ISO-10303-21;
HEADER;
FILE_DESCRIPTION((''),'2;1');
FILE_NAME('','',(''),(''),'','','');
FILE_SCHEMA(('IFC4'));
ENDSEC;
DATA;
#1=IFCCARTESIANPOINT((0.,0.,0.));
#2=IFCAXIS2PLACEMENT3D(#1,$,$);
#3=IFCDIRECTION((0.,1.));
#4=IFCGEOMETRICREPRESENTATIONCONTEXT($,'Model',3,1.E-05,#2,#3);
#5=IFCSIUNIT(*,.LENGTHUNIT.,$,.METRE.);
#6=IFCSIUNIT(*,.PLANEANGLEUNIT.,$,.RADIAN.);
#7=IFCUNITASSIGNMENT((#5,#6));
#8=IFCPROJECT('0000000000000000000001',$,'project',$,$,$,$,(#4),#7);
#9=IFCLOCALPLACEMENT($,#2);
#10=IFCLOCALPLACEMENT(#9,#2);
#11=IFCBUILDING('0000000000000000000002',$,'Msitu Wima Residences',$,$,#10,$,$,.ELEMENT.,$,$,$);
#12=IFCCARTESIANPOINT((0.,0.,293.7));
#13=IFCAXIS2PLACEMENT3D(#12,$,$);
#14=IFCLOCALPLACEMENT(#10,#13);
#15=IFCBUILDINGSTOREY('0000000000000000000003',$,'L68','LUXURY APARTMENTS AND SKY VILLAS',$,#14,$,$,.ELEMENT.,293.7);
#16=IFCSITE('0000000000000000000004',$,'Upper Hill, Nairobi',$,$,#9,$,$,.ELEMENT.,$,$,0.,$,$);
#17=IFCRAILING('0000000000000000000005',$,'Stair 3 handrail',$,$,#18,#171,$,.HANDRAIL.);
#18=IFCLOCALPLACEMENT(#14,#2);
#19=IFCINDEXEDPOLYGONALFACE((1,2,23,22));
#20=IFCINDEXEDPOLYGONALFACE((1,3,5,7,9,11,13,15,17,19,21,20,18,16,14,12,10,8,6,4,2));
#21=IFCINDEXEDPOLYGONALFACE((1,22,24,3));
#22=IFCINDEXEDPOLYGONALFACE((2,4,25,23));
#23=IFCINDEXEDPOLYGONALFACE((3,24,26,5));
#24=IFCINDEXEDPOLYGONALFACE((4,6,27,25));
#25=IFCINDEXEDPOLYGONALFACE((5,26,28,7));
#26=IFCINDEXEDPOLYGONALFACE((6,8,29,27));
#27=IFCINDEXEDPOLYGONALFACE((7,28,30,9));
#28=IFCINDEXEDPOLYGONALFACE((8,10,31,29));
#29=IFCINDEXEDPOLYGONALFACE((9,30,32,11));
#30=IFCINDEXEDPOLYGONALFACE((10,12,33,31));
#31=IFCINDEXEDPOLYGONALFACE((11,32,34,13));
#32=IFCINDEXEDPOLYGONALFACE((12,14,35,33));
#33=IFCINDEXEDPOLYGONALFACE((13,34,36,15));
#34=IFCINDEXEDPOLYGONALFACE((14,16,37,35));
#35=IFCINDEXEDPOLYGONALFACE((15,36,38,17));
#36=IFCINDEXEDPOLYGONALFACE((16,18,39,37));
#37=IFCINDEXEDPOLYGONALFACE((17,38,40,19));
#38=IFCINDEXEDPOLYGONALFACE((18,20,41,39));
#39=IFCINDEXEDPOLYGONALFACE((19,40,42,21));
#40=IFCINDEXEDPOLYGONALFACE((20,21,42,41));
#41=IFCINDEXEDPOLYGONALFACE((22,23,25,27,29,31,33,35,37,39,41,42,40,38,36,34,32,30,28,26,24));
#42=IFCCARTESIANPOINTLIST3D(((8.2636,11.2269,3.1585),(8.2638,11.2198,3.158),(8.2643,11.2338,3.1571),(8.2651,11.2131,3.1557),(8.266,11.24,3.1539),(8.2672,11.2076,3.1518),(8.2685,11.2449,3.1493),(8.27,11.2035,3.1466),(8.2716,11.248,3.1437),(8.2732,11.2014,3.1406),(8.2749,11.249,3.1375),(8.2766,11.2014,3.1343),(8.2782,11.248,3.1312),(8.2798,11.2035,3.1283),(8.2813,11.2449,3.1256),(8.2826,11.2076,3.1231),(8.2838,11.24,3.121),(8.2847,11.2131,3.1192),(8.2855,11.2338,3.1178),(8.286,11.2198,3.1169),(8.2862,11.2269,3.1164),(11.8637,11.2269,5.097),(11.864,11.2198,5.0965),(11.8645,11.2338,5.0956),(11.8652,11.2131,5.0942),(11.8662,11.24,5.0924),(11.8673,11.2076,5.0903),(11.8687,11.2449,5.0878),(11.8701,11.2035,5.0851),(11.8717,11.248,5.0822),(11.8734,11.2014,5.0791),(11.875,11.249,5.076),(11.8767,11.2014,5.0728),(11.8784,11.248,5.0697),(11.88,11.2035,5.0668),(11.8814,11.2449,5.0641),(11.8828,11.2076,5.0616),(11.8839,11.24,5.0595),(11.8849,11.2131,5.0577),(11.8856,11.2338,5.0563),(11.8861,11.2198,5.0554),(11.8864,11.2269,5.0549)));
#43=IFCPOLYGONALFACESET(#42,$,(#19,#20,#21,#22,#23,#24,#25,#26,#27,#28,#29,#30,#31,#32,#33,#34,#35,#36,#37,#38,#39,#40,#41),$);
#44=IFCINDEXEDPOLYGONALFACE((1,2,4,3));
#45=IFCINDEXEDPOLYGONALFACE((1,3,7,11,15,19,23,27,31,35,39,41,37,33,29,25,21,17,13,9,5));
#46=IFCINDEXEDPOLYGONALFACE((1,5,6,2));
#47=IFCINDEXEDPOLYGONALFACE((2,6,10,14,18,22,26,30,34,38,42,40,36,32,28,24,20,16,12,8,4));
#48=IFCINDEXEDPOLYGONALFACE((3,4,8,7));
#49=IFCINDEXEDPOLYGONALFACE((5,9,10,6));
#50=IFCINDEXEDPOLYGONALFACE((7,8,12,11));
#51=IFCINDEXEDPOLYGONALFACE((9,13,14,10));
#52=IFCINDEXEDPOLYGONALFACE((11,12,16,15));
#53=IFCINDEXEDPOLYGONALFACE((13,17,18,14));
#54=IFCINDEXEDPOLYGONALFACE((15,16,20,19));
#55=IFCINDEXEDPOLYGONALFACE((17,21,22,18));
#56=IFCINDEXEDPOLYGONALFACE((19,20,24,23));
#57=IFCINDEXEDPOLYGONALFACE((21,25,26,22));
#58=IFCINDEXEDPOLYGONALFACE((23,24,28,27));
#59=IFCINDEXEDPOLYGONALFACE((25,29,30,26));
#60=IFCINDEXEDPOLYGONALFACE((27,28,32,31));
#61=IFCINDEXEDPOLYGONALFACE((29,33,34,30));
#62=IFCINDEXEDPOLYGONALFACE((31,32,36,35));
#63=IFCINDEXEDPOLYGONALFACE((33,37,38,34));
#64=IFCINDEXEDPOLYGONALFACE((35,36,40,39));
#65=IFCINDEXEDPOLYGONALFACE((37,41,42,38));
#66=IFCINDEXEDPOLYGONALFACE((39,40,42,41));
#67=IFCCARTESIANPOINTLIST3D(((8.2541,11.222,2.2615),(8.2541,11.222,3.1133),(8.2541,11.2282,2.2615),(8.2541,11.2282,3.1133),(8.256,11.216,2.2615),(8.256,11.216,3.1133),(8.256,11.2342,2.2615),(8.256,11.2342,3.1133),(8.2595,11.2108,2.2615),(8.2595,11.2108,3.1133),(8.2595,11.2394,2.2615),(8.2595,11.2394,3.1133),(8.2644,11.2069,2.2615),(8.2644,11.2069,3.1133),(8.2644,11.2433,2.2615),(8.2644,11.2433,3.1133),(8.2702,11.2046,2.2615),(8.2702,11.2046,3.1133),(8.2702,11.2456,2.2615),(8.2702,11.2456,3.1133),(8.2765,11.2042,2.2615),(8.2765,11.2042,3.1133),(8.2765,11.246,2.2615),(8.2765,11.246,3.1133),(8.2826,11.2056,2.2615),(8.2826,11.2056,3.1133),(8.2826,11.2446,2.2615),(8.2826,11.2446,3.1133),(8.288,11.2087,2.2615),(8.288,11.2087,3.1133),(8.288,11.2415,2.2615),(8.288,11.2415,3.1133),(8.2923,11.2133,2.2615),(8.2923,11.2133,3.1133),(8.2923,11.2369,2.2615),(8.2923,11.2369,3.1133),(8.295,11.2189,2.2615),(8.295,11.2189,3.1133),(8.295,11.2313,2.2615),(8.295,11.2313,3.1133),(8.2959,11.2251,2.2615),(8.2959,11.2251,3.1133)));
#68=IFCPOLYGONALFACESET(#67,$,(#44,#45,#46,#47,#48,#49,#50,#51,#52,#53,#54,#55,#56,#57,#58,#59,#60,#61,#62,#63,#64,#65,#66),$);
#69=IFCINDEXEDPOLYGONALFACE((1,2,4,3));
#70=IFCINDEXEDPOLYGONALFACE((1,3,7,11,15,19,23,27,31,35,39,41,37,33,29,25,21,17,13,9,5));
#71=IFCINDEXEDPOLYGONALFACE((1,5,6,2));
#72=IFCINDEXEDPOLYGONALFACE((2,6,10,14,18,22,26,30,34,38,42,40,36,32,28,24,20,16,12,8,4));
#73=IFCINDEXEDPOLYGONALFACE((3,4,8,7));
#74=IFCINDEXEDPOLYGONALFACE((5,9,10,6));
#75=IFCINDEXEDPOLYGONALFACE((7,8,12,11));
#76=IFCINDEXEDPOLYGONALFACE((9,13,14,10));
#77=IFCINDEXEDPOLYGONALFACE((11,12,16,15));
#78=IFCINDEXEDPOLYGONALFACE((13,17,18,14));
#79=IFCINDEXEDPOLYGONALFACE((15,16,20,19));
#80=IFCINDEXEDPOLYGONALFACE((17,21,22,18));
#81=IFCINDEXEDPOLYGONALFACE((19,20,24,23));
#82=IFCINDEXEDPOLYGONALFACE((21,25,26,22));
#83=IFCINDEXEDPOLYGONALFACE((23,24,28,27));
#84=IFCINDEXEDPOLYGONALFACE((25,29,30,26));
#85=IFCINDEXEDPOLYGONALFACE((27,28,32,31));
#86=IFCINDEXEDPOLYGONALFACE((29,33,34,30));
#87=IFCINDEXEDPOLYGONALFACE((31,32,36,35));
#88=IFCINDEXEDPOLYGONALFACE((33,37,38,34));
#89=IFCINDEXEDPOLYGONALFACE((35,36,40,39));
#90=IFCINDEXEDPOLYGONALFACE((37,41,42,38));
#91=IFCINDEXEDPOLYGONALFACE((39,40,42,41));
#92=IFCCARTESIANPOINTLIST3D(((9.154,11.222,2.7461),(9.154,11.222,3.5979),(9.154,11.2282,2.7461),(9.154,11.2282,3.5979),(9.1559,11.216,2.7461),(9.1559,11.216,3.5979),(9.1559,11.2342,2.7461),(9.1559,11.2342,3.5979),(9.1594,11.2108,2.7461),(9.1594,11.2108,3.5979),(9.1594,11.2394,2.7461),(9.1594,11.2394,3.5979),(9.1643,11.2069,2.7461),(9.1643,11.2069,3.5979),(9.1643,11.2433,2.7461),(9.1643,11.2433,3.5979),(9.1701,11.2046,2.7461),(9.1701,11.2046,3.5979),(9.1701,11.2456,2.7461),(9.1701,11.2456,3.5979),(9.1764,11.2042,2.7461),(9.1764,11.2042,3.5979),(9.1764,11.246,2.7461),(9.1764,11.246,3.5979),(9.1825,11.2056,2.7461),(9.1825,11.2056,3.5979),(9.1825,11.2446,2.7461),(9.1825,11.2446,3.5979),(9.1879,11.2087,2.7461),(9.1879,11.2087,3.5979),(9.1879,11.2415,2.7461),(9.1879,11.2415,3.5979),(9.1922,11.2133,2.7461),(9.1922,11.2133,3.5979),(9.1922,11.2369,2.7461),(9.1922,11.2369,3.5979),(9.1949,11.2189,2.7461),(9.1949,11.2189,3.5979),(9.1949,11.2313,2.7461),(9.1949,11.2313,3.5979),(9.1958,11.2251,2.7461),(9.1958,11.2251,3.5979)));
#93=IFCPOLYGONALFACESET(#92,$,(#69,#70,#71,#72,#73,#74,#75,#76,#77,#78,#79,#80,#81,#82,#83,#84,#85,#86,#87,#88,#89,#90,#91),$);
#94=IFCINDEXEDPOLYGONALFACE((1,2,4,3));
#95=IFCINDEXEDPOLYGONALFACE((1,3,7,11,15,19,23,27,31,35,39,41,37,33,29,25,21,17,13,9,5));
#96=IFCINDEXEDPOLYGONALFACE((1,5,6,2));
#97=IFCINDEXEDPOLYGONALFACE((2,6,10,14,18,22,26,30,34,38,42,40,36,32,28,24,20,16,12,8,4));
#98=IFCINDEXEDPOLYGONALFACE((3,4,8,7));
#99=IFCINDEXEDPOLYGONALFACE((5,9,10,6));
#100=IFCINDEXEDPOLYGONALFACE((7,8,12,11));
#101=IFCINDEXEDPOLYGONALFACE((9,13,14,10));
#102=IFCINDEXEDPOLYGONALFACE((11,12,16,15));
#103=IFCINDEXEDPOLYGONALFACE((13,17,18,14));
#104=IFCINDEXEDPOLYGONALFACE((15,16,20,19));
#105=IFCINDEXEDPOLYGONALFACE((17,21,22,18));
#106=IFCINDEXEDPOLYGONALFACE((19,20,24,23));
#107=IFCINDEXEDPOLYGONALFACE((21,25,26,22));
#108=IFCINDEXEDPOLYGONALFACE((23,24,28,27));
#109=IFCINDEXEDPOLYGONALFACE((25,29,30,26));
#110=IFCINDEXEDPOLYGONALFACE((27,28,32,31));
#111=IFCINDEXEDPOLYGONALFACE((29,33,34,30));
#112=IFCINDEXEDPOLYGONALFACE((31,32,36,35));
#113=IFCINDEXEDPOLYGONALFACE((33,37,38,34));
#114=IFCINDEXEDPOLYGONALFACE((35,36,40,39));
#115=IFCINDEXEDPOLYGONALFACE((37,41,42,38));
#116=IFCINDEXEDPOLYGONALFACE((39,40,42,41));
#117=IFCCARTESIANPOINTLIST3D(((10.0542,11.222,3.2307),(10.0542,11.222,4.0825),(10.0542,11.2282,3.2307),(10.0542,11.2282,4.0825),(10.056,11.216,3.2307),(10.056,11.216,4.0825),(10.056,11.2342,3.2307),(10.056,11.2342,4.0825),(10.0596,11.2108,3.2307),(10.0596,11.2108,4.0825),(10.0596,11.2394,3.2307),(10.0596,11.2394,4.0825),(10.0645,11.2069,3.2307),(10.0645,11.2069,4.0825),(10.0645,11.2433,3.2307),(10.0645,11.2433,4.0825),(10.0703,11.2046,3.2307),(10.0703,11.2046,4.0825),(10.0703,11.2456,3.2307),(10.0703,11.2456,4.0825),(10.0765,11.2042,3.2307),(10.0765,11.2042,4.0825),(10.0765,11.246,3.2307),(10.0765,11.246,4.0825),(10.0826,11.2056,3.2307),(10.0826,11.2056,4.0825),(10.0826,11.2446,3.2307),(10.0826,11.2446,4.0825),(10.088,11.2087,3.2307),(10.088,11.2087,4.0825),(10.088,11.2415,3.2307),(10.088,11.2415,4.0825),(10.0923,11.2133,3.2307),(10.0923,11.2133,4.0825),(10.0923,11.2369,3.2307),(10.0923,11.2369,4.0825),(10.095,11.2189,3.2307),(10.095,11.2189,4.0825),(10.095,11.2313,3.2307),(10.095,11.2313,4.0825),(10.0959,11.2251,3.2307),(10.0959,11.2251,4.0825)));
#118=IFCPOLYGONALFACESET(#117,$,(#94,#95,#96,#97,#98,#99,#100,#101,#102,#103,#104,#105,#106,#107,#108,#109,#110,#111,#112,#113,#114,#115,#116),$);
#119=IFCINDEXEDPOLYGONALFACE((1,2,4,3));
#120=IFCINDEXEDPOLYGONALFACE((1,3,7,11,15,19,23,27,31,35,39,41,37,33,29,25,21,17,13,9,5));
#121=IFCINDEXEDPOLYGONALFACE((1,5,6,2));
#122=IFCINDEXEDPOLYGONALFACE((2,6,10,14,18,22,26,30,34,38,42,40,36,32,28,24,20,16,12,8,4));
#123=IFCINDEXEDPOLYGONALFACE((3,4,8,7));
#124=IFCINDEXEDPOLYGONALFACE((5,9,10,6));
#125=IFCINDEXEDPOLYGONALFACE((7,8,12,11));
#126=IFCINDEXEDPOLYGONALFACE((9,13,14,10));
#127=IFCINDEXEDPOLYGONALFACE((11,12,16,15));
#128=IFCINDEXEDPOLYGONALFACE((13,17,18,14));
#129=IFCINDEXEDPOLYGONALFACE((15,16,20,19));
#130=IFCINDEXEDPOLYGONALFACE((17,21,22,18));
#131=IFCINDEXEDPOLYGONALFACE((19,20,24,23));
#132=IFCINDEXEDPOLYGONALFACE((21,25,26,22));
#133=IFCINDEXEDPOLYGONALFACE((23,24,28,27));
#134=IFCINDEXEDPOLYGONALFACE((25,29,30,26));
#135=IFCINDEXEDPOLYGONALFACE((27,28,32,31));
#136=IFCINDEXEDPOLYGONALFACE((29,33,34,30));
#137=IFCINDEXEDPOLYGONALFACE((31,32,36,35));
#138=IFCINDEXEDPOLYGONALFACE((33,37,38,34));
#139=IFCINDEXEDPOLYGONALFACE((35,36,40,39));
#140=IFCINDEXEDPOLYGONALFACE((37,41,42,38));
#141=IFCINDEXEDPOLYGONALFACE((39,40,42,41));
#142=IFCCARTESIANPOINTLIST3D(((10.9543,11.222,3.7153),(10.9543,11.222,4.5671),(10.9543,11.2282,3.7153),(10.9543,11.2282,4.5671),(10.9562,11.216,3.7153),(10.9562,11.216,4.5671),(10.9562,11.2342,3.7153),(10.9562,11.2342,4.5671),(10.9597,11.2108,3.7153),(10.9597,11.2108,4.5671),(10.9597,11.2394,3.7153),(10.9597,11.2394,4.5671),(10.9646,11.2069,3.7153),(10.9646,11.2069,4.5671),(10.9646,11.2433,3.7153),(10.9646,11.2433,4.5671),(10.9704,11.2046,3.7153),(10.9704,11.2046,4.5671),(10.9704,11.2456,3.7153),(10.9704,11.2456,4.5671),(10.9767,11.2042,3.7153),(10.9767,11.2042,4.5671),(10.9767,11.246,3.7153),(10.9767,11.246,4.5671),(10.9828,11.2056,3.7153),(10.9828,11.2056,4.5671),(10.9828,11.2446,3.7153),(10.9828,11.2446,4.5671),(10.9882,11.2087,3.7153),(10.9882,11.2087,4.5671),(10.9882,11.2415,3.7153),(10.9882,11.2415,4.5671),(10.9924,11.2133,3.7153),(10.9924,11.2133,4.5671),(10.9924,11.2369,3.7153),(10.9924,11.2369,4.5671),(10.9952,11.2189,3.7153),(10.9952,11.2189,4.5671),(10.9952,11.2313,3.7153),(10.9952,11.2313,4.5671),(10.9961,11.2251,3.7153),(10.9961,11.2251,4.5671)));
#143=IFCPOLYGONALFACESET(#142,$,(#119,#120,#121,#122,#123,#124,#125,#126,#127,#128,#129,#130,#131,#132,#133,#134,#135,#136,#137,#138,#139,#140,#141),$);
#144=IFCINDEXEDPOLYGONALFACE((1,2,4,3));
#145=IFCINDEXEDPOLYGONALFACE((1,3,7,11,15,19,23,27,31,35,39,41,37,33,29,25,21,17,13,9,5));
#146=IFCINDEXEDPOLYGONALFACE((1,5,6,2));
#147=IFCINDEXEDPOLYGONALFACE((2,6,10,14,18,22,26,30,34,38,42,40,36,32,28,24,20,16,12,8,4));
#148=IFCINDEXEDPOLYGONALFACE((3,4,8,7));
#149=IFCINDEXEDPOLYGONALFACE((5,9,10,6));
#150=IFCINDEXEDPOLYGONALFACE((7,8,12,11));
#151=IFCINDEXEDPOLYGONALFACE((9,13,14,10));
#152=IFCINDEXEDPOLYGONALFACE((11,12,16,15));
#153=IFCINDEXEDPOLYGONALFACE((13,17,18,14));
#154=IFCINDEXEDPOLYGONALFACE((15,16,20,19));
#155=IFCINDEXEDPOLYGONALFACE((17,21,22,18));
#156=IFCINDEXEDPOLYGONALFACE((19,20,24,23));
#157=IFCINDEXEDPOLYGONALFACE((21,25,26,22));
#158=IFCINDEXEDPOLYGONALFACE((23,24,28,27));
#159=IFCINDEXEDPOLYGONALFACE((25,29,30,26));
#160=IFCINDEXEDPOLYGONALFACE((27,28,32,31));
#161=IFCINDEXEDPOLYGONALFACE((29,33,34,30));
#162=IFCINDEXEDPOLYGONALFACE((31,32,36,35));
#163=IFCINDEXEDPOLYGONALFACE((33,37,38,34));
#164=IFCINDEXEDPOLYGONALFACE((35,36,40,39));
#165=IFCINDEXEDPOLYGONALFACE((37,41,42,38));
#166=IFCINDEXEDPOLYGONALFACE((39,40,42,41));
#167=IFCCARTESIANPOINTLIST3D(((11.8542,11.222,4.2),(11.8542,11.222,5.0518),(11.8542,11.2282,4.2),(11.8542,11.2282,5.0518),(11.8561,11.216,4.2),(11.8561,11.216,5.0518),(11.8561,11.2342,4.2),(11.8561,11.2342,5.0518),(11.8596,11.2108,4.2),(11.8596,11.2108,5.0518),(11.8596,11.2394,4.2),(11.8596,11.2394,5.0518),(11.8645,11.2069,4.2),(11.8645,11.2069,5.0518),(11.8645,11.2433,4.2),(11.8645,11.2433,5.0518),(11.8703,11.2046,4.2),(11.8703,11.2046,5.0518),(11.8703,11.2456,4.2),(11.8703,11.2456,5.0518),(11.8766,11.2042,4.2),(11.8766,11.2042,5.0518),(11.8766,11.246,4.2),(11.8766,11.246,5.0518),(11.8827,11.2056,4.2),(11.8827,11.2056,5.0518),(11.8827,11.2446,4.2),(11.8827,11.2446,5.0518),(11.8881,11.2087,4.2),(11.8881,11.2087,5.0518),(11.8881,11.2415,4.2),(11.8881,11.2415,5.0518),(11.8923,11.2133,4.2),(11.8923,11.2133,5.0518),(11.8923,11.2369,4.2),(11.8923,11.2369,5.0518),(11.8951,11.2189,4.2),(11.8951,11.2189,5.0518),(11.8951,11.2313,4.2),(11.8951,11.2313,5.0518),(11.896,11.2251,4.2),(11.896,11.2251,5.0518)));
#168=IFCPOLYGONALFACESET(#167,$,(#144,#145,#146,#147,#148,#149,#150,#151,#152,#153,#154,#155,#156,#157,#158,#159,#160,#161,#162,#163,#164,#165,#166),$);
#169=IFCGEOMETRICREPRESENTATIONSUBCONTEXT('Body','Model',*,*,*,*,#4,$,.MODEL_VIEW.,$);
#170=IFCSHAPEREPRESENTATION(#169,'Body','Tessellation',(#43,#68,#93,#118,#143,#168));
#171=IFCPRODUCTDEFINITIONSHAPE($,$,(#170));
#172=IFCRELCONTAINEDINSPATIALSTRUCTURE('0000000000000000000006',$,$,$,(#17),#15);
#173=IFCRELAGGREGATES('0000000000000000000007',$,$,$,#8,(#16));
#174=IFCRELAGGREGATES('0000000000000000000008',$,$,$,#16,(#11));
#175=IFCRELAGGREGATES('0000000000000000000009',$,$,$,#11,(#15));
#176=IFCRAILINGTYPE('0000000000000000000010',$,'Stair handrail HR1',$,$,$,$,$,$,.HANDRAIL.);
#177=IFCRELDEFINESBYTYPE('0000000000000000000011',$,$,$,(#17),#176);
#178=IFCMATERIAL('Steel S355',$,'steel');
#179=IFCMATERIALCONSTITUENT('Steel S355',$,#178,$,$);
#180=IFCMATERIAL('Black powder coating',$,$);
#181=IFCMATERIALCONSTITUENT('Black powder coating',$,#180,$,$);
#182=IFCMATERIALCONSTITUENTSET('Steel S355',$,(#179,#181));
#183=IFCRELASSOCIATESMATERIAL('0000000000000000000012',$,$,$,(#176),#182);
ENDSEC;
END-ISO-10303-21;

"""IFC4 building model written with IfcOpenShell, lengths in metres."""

from ifc_helpers import new_model, si_unit, direction, frame, origin, origin_2d, place, context, subcontext, project, spatial, circle, extrude, material, constituent, constituent_set, type_object, element, save


model = new_model("IFC4")

# Units and contexts
model_context = context("Model", 3, precision=1e-05, world=origin(), true_north=direction((0.0, 1.0)))
body_context = subcontext(model_context, "Body", "Model", "MODEL_VIEW")
ifc_project = project(units=[si_unit("LENGTHUNIT", "METRE"), si_unit("PLANEANGLEUNIT", "RADIAN")], contexts=[model_context])

# Site, building, storey
site_placement = place(None, origin())
site = spatial("IfcSite", under=ifc_project, at=site_placement, Name="Upper Hill, Nairobi", CompositionType="ELEMENT", RefElevation=0.0)
building_placement = place(site_placement, origin())
building = spatial("IfcBuilding", under=site, at=building_placement, Name="Msitu Wima Residences", CompositionType="ELEMENT")
storey_placement = place(building_placement, frame((0.0, 0.0, 293.7)))
storey = spatial("IfcBuildingStorey", under=building, at=storey_placement, Name="L68", Description="LUXURY APARTMENTS AND SKY VILLAS", CompositionType="ELEMENT", Elevation=293.7)

# Railing
ifc_material_1 = material(Name="Steel S355", Category="steel")
ifc_constituent_1 = constituent(ifc_material_1, Name="Steel S355")
ifc_material_2 = material(Name="Black powder coating")
ifc_constituent_2 = constituent(ifc_material_2, Name="Black powder coating")
ifc_constituent_set = constituent_set(constituents=[ifc_constituent_1, ifc_constituent_2], Name="Steel S355")
railing_type = type_object("IfcRailingType", Name="Stair handrail HR1", PredefinedType="HANDRAIL", material=ifc_constituent_set)
for number, where, name in (
    (1, (8.2749, 11.2251, 2.2615), "Stair 3 handrail"),
):
    element("IfcRailing", number, at=place(storey_placement, frame(where)), inside=storey, type_object=railing_type, Name=name, PredefinedType="HANDRAIL", context=body_context, shape_type="SweptSolid", body=[
        extrude(circle(Radius=0.0239, at=origin_2d()), frame((0.0, 0.0, 0.876), z_axis=(0.880475, 0.0, 0.474093), x_axis=(0.0, 1.0, 0.0)), (0.0, 0.0, 1.0), 4.0889),
        extrude(circle(Radius=0.021, at=origin_2d()), origin(), (0.0, 0.0, 1.0), 0.8518),
        extrude(circle(Radius=0.021, at=origin_2d()), frame((0.8999, 0.0, 0.4846)), (0.0, 0.0, 1.0), 0.8518),
        extrude(circle(Radius=0.021, at=origin_2d()), frame((1.8, 0.0, 0.9692)), (0.0, 0.0, 1.0), 0.8518),
        extrude(circle(Radius=0.021, at=origin_2d()), frame((2.7002, 0.0, 1.4539)), (0.0, 0.0, 1.0), 0.8518),
        extrude(circle(Radius=0.021, at=origin_2d()), frame((3.6001, 0.0, 1.9385)), (0.0, 0.0, 1.0), 0.8518),
    ])

save(model, "model.ifc")
